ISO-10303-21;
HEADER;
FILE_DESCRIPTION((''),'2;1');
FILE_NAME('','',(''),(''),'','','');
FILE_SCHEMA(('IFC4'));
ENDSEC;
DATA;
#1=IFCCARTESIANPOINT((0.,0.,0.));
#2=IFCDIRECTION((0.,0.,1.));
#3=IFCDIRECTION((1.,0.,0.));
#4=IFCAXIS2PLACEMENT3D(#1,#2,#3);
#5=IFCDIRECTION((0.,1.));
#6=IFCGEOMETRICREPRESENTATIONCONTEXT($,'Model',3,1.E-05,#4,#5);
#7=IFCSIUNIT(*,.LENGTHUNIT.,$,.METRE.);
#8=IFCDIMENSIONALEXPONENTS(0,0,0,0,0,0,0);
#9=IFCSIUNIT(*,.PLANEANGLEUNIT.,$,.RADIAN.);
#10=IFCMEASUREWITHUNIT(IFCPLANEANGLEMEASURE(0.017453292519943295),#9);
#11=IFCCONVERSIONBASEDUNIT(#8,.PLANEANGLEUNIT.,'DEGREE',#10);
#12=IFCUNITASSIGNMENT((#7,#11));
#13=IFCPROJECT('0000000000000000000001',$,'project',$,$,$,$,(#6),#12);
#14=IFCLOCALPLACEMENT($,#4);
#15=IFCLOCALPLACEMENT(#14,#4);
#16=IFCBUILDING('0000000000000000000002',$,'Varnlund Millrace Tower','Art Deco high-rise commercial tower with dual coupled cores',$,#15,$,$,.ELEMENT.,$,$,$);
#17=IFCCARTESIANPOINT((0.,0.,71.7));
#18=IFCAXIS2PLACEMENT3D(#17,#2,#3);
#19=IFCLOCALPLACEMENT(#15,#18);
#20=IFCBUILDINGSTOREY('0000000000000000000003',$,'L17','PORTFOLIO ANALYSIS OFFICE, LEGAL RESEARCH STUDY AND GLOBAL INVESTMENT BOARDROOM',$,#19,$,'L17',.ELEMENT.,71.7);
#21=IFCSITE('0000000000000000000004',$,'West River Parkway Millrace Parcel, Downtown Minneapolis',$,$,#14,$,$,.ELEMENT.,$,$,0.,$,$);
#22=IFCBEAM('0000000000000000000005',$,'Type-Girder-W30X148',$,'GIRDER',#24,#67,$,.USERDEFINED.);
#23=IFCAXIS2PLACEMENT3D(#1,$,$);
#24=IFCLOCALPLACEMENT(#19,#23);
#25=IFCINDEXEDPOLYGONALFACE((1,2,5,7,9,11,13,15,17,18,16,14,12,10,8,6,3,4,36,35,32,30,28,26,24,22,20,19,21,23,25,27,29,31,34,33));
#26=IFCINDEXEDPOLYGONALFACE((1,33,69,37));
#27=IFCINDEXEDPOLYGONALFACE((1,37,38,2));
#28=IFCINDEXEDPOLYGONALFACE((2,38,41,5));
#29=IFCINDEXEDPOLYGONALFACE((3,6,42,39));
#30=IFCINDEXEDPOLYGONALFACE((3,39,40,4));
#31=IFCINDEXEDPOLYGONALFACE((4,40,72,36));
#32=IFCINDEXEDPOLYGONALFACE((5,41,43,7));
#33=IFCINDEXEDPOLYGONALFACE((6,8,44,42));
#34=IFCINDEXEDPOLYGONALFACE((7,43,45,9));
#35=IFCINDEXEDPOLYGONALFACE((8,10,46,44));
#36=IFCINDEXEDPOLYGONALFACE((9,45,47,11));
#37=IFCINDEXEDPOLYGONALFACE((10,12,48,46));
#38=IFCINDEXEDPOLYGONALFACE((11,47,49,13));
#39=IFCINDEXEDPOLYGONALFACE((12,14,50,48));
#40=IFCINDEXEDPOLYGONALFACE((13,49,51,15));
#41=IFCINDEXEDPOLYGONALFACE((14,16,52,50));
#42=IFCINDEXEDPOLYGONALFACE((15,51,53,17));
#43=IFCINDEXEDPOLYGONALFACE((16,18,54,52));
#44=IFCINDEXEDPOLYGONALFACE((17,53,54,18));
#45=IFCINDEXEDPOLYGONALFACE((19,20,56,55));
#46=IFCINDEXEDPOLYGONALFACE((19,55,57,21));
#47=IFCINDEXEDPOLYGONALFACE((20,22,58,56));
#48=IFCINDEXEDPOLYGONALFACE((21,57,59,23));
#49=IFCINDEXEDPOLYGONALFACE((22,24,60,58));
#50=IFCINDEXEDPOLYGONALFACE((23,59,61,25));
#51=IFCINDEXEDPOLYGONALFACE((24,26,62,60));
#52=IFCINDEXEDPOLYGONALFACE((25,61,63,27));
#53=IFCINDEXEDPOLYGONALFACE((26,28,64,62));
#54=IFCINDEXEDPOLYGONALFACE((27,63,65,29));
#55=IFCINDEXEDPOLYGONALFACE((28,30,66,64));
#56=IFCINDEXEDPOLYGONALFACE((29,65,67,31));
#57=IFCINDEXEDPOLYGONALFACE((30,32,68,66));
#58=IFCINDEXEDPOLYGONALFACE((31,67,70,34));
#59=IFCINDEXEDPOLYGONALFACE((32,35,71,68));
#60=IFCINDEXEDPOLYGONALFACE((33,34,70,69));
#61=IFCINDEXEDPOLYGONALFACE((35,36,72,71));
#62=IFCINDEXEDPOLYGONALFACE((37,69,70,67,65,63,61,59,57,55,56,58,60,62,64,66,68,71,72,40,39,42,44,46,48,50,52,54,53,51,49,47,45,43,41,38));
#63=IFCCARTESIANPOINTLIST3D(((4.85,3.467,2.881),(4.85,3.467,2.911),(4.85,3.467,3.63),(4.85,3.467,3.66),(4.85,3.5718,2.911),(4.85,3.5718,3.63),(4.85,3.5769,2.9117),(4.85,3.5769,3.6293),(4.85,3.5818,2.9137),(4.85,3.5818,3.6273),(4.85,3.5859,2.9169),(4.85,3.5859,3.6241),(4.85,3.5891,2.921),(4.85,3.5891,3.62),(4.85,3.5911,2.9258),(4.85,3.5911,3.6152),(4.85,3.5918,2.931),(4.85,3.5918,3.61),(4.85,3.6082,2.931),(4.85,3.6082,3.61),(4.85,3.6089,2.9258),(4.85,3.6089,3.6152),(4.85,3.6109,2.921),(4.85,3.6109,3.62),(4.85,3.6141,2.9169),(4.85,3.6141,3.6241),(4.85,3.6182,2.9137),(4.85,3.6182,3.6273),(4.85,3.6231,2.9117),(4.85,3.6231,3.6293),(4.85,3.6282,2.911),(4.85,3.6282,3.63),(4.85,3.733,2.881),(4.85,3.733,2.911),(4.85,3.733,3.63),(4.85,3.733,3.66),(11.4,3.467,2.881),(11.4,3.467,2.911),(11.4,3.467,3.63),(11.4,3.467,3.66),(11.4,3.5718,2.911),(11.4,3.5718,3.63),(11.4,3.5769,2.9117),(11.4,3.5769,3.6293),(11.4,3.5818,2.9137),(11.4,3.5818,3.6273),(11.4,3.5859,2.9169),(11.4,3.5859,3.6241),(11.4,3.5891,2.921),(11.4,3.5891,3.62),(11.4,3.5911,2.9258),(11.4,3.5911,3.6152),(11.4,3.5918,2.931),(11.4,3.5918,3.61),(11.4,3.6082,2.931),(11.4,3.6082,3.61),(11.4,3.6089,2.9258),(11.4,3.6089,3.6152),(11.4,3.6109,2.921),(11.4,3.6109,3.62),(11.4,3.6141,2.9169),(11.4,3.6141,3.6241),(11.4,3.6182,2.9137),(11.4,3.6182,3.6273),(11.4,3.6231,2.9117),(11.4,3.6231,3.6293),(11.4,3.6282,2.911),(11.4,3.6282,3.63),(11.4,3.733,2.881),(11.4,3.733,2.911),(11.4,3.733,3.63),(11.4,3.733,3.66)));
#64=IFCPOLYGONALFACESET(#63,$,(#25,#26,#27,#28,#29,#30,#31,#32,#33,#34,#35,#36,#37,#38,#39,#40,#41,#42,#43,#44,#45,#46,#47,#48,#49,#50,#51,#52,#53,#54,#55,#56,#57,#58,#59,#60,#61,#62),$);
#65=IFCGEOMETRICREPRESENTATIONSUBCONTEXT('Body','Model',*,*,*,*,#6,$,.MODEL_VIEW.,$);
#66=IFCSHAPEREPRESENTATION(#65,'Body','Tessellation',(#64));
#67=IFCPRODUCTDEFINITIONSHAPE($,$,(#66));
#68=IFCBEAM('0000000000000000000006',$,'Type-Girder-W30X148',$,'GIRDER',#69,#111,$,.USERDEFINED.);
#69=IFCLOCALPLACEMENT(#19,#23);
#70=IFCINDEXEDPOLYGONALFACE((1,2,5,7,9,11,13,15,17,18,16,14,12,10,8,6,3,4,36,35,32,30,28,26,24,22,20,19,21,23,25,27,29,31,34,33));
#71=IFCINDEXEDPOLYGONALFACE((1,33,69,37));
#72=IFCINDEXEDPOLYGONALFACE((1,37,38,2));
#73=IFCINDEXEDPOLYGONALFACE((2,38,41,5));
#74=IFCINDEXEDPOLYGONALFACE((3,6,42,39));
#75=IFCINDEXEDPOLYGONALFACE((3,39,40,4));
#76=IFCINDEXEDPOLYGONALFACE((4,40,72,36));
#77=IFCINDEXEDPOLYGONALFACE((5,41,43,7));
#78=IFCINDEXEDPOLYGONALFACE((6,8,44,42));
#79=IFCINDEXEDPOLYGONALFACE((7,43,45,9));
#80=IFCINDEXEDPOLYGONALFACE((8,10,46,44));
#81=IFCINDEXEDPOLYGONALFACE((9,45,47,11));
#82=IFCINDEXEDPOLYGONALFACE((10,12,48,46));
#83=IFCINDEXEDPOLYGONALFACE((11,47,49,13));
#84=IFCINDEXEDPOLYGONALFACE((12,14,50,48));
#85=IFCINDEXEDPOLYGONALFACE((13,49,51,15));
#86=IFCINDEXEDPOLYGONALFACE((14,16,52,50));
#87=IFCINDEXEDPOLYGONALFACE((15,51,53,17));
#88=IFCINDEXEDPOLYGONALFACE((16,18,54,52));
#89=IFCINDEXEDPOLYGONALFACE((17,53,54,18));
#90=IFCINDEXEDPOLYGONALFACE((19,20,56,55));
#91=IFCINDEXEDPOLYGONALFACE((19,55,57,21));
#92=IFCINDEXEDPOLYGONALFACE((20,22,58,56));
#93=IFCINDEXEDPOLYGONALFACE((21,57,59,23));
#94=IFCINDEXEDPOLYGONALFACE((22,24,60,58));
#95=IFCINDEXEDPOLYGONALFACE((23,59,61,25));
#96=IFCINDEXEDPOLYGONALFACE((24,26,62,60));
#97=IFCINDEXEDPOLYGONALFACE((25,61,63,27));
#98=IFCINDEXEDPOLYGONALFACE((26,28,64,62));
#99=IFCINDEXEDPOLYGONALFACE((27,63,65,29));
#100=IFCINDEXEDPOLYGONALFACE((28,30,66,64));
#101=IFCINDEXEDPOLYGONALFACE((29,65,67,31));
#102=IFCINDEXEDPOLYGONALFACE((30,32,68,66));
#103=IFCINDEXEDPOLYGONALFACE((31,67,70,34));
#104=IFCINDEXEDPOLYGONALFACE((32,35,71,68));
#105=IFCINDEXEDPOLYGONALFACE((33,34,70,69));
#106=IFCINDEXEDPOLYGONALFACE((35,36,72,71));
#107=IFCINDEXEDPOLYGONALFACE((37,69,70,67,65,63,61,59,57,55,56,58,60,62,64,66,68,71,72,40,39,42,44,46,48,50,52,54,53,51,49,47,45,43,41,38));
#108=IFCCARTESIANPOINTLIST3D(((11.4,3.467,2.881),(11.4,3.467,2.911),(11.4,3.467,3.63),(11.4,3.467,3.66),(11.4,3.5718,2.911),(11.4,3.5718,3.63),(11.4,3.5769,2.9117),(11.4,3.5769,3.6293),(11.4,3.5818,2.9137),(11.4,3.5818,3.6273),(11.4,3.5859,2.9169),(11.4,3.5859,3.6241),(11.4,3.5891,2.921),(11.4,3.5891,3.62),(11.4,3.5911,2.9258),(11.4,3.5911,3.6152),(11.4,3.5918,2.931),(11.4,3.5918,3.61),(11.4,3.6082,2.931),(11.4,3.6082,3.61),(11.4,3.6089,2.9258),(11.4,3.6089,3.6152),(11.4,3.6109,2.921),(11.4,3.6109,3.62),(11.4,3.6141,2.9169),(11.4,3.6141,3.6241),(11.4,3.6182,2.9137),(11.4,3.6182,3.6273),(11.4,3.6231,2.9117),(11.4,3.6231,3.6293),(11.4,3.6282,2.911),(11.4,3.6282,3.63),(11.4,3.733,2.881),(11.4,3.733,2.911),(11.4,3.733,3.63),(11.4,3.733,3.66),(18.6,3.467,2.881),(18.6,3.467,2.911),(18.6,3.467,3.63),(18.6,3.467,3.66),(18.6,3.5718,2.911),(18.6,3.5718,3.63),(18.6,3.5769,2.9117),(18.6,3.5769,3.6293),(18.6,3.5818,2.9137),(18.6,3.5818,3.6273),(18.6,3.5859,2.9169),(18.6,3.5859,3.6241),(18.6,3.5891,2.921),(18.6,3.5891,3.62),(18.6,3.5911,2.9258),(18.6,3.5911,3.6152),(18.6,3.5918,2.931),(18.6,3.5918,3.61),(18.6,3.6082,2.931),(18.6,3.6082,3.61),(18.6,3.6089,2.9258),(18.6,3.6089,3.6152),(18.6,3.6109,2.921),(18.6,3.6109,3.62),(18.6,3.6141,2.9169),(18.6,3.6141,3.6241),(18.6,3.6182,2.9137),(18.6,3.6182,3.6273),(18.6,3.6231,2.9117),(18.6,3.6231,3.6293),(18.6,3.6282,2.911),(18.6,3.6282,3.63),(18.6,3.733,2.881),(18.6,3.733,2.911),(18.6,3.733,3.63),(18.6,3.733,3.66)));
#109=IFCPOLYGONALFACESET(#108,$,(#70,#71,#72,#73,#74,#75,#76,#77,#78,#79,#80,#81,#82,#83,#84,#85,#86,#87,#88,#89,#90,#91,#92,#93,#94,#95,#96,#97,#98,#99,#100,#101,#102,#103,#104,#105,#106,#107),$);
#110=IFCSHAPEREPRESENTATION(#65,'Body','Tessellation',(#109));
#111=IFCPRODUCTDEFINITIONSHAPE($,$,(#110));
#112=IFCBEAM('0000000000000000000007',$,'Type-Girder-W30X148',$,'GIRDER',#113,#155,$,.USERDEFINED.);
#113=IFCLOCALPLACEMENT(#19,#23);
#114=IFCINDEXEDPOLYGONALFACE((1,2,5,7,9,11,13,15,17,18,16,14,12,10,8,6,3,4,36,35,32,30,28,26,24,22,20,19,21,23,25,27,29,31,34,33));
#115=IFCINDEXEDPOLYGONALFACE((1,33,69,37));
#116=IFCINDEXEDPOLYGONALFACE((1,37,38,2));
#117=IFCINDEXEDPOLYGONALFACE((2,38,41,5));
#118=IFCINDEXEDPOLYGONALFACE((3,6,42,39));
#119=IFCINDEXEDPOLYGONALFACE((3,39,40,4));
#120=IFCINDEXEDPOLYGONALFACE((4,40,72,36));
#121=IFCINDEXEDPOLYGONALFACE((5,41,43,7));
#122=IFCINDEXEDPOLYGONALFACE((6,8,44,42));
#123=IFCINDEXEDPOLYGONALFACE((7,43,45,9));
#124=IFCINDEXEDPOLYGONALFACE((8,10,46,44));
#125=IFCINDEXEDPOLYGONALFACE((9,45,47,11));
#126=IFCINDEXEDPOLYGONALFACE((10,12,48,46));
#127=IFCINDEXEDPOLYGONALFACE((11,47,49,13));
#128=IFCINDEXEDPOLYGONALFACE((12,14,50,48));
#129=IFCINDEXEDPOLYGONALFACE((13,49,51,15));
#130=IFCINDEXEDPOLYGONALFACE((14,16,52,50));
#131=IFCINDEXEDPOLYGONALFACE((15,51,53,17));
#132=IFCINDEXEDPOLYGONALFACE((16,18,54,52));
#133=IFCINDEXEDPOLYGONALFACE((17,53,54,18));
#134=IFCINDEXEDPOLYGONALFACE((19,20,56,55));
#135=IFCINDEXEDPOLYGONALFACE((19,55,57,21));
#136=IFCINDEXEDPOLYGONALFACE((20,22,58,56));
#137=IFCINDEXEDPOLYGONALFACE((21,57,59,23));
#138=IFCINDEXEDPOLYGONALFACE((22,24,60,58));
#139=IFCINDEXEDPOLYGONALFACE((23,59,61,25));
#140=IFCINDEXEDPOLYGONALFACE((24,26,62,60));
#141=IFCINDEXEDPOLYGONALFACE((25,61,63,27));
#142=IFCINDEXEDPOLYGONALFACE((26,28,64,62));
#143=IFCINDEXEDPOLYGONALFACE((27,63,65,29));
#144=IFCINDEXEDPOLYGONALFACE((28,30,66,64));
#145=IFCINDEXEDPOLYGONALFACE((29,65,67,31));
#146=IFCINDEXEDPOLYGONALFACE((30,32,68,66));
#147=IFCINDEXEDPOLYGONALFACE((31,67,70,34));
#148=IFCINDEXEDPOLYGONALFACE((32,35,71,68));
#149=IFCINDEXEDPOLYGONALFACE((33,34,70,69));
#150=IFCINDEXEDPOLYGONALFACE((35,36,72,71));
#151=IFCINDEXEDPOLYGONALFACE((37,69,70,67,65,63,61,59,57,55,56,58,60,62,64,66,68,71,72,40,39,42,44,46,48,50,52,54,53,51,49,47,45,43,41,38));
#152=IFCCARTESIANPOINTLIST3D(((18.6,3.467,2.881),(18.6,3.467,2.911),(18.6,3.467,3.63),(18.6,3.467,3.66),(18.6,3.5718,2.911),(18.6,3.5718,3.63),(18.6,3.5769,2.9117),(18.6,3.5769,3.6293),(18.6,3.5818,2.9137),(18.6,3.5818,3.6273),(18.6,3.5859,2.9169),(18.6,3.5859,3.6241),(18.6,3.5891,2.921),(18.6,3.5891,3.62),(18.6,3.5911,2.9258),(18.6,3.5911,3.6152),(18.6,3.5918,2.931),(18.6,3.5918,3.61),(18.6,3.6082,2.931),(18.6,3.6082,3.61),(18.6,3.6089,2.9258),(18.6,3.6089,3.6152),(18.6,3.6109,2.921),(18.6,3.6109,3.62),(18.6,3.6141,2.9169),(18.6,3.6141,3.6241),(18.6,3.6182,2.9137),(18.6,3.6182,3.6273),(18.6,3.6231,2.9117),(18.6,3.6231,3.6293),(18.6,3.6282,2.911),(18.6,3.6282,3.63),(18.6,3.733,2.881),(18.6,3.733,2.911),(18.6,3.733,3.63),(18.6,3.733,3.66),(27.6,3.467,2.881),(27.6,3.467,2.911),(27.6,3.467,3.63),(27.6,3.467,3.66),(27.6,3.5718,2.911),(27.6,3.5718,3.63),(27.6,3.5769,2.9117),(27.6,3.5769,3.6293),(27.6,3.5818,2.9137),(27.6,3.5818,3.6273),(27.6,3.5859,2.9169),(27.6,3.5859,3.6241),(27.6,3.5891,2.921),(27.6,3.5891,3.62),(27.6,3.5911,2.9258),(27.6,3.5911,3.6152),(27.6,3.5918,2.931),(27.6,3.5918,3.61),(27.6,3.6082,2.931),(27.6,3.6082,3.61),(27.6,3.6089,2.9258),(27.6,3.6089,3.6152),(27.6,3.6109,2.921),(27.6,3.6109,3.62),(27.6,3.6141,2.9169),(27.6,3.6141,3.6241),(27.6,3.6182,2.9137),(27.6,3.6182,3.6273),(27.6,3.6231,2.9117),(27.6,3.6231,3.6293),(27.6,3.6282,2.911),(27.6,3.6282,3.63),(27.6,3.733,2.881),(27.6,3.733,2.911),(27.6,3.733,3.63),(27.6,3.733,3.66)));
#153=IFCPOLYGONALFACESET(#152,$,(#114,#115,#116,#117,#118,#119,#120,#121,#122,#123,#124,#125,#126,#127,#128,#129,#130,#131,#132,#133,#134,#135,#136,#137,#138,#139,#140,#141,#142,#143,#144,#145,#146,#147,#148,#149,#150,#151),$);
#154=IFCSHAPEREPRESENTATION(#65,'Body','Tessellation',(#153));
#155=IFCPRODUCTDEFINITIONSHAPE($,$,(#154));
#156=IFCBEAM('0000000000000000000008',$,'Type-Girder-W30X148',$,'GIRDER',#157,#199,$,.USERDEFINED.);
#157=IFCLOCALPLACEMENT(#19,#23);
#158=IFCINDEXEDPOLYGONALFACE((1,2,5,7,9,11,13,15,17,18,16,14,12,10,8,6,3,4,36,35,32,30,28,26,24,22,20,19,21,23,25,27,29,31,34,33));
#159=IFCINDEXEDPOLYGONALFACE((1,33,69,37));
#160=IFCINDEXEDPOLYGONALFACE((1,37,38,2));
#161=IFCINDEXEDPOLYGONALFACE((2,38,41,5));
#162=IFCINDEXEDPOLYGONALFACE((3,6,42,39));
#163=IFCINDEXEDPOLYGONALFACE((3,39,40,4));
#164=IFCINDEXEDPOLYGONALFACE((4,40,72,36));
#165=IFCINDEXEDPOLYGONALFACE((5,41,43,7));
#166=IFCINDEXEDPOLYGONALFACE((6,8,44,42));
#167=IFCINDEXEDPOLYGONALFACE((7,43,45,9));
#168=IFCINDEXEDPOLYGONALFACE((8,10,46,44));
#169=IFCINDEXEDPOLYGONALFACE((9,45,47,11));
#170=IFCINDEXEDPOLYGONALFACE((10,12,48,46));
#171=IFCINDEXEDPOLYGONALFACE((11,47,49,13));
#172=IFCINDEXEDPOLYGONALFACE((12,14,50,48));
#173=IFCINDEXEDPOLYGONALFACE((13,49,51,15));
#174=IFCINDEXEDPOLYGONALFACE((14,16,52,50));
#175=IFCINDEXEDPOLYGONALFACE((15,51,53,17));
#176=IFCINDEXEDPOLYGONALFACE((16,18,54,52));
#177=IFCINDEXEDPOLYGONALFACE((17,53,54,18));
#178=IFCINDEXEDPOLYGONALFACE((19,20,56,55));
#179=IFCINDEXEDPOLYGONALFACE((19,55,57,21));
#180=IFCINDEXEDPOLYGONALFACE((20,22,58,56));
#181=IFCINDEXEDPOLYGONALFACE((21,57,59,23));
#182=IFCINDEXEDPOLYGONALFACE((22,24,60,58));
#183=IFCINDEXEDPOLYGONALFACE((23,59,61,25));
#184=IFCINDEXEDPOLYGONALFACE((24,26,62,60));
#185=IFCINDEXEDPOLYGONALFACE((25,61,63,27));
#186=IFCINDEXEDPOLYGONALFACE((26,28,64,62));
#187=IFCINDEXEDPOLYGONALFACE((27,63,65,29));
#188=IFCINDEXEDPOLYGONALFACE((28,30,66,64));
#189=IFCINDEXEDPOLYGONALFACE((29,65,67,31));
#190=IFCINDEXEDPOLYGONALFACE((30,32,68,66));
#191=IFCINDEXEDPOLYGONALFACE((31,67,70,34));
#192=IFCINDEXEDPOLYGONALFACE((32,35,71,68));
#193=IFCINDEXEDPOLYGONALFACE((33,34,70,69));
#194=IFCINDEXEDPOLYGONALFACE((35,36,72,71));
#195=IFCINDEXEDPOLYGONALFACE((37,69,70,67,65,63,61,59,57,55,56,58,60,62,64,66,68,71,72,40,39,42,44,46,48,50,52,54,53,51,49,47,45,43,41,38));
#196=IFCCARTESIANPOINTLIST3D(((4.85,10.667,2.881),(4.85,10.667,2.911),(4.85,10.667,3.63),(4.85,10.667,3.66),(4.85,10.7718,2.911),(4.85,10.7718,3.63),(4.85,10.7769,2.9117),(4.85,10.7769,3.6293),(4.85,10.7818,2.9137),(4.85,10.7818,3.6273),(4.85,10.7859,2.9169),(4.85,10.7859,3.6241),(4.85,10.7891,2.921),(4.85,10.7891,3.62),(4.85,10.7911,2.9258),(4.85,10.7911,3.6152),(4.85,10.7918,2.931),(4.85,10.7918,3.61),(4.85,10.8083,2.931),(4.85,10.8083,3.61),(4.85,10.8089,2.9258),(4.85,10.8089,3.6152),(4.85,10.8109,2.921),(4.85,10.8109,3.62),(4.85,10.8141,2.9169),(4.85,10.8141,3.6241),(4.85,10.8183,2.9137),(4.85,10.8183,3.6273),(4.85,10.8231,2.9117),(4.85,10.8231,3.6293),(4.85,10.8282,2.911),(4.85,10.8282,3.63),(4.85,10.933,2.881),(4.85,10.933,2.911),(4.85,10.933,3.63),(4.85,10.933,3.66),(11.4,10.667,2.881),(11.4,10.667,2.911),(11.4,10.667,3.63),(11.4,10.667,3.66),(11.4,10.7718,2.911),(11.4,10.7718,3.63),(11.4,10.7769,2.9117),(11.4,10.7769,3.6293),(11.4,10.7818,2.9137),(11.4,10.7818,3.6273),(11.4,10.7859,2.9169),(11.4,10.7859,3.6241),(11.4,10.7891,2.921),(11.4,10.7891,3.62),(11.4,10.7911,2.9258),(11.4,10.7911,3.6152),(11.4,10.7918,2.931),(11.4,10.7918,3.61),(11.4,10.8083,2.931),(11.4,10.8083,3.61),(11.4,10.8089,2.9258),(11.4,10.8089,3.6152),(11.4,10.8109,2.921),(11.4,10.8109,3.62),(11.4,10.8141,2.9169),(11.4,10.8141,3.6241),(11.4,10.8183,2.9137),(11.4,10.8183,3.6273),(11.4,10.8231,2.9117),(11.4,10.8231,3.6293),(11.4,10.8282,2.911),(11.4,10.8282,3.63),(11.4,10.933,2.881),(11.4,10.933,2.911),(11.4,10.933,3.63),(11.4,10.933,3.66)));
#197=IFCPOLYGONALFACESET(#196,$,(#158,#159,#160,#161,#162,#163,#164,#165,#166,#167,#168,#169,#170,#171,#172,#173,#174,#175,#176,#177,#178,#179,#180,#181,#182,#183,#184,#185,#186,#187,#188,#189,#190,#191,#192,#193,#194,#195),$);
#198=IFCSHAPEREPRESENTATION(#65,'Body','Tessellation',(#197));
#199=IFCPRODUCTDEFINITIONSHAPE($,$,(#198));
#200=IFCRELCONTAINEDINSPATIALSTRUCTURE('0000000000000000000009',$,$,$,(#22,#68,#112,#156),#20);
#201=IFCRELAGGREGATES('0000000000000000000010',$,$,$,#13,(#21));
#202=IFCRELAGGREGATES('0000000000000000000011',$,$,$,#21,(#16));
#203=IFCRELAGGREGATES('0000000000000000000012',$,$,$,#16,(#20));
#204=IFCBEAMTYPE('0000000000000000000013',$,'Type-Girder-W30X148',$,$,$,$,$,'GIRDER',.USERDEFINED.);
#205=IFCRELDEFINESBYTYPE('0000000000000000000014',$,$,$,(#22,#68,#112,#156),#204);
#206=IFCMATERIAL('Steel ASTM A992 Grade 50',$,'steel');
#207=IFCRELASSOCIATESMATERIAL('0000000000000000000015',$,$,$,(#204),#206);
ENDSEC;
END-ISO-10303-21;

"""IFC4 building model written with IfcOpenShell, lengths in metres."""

from ifc_helpers import new_model, entity, si_unit, converted_unit, direction, frame, origin_with_axes, origin_2d_with_axis, place, context, subcontext, project, spatial, i_section, extrude, material, material_profile, profile_set, type_object, element, save


model = new_model("IFC4")

# Units and contexts
model_context = context("Model", 3, precision=1e-05, world=origin_with_axes(), true_north=direction((0.0, 1.0)))
body_context = subcontext(model_context, "Body", "Model", "MODEL_VIEW")
ifc_project = project(units=[si_unit("LENGTHUNIT", "METRE"), converted_unit("PLANEANGLEUNIT", "DEGREE", entity("IfcPlaneAngleMeasure", 0.017453292519943295), si_unit("PLANEANGLEUNIT", "RADIAN"), dimensions=[0, 0, 0, 0, 0, 0, 0])], contexts=[model_context])

# Site, building, storey
site_placement = place(None, origin_with_axes())
site = spatial("IfcSite", under=ifc_project, at=site_placement, Name="West River Parkway Millrace Parcel, Downtown Minneapolis", CompositionType="ELEMENT", RefElevation=0.0)
building_placement = place(site_placement, origin_with_axes())
building = spatial("IfcBuilding", under=site, at=building_placement, Name="Varnlund Millrace Tower", Description="Art Deco high-rise commercial tower with dual coupled cores", CompositionType="ELEMENT")
storey_placement = place(building_placement, frame((0.0, 0.0, 71.7), z_axis=(0.0, 0.0, 1.0), x_axis=(1.0, 0.0, 0.0)))
storey = spatial("IfcBuildingStorey", under=building, at=storey_placement, Name="L17", Description="PORTFOLIO ANALYSIS OFFICE, LEGAL RESEARCH STUDY AND GLOBAL INVESTMENT BOARDROOM", LongName="L17", CompositionType="ELEMENT", Elevation=71.7)

# Beams
ifc_material_1 = material(Name="Steel ASTM A992 Grade 50", Category="steel")
ifc_material_profile_1 = material_profile(ifc_material_1, i_section(OverallWidth=0.266, OverallDepth=0.779, WebThickness=0.0165, FlangeThickness=0.03, FilletRadius=0.02, at=origin_2d_with_axis()), Name="Steel ASTM A992 Grade 50")
ifc_profile_set_1 = profile_set([ifc_material_profile_1], Name="Steel ASTM A992 Grade 50")
beam_type_1 = type_object("IfcBeamType", Name="Type-Girder-W30X148", ElementType="GIRDER", PredefinedType="USERDEFINED", material=ifc_profile_set_1)
beam_1_placement = place(storey_placement, frame((4.85, 3.6, 3.2705), z_axis=(1.0, 0.0, 0.0), x_axis=(0.0, 1.0, 0.0)))
element("IfcBeam", 1, at=beam_1_placement, inside=storey, type_object=beam_type_1, Name="Type-Girder-W30X148", ObjectType="GIRDER", PredefinedType="USERDEFINED", context=body_context, shape_type="SweptSolid", body=[
    extrude(i_section(OverallWidth=0.266, OverallDepth=0.779, WebThickness=0.0165, FlangeThickness=0.03, FilletRadius=0.02, at=origin_2d_with_axis()), origin_with_axes(), (0.0, 0.0, 1.0), 6.55),
])
beam_2_placement = place(storey_placement, frame((11.4, 3.6, 3.2705), z_axis=(1.0, 0.0, 0.0), x_axis=(0.0, 1.0, 0.0)))
element("IfcBeam", 2, at=beam_2_placement, inside=storey, type_object=beam_type_1, Name="Type-Girder-W30X148", ObjectType="GIRDER", PredefinedType="USERDEFINED", context=body_context, shape_type="SweptSolid", body=[
    extrude(i_section(OverallWidth=0.266, OverallDepth=0.779, WebThickness=0.0165, FlangeThickness=0.03, FilletRadius=0.02, at=origin_2d_with_axis()), origin_with_axes(), (0.0, 0.0, 1.0), 7.2),
])
beam_3_placement = place(storey_placement, frame((18.6, 3.6, 3.2705), z_axis=(1.0, 0.0, 0.0), x_axis=(0.0, 1.0, 0.0)))
element("IfcBeam", 3, at=beam_3_placement, inside=storey, type_object=beam_type_1, Name="Type-Girder-W30X148", ObjectType="GIRDER", PredefinedType="USERDEFINED", context=body_context, shape_type="SweptSolid", body=[
    extrude(i_section(OverallWidth=0.266, OverallDepth=0.779, WebThickness=0.0165, FlangeThickness=0.03, FilletRadius=0.02, at=origin_2d_with_axis()), origin_with_axes(), (0.0, 0.0, 1.0), 9.0),
])
beam_4_placement = place(storey_placement, frame((4.85, 10.8, 3.2705), z_axis=(1.0, 0.0, 0.0), x_axis=(0.0, 1.0, 0.0)))
element("IfcBeam", 4, at=beam_4_placement, inside=storey, type_object=beam_type_1, Name="Type-Girder-W30X148", ObjectType="GIRDER", PredefinedType="USERDEFINED", context=body_context, shape_type="SweptSolid", body=[
    extrude(i_section(OverallWidth=0.266, OverallDepth=0.779, WebThickness=0.0165, FlangeThickness=0.03, FilletRadius=0.02, at=origin_2d_with_axis()), origin_with_axes(), (0.0, 0.0, 1.0), 6.55),
])

save(model, "model.ifc")
